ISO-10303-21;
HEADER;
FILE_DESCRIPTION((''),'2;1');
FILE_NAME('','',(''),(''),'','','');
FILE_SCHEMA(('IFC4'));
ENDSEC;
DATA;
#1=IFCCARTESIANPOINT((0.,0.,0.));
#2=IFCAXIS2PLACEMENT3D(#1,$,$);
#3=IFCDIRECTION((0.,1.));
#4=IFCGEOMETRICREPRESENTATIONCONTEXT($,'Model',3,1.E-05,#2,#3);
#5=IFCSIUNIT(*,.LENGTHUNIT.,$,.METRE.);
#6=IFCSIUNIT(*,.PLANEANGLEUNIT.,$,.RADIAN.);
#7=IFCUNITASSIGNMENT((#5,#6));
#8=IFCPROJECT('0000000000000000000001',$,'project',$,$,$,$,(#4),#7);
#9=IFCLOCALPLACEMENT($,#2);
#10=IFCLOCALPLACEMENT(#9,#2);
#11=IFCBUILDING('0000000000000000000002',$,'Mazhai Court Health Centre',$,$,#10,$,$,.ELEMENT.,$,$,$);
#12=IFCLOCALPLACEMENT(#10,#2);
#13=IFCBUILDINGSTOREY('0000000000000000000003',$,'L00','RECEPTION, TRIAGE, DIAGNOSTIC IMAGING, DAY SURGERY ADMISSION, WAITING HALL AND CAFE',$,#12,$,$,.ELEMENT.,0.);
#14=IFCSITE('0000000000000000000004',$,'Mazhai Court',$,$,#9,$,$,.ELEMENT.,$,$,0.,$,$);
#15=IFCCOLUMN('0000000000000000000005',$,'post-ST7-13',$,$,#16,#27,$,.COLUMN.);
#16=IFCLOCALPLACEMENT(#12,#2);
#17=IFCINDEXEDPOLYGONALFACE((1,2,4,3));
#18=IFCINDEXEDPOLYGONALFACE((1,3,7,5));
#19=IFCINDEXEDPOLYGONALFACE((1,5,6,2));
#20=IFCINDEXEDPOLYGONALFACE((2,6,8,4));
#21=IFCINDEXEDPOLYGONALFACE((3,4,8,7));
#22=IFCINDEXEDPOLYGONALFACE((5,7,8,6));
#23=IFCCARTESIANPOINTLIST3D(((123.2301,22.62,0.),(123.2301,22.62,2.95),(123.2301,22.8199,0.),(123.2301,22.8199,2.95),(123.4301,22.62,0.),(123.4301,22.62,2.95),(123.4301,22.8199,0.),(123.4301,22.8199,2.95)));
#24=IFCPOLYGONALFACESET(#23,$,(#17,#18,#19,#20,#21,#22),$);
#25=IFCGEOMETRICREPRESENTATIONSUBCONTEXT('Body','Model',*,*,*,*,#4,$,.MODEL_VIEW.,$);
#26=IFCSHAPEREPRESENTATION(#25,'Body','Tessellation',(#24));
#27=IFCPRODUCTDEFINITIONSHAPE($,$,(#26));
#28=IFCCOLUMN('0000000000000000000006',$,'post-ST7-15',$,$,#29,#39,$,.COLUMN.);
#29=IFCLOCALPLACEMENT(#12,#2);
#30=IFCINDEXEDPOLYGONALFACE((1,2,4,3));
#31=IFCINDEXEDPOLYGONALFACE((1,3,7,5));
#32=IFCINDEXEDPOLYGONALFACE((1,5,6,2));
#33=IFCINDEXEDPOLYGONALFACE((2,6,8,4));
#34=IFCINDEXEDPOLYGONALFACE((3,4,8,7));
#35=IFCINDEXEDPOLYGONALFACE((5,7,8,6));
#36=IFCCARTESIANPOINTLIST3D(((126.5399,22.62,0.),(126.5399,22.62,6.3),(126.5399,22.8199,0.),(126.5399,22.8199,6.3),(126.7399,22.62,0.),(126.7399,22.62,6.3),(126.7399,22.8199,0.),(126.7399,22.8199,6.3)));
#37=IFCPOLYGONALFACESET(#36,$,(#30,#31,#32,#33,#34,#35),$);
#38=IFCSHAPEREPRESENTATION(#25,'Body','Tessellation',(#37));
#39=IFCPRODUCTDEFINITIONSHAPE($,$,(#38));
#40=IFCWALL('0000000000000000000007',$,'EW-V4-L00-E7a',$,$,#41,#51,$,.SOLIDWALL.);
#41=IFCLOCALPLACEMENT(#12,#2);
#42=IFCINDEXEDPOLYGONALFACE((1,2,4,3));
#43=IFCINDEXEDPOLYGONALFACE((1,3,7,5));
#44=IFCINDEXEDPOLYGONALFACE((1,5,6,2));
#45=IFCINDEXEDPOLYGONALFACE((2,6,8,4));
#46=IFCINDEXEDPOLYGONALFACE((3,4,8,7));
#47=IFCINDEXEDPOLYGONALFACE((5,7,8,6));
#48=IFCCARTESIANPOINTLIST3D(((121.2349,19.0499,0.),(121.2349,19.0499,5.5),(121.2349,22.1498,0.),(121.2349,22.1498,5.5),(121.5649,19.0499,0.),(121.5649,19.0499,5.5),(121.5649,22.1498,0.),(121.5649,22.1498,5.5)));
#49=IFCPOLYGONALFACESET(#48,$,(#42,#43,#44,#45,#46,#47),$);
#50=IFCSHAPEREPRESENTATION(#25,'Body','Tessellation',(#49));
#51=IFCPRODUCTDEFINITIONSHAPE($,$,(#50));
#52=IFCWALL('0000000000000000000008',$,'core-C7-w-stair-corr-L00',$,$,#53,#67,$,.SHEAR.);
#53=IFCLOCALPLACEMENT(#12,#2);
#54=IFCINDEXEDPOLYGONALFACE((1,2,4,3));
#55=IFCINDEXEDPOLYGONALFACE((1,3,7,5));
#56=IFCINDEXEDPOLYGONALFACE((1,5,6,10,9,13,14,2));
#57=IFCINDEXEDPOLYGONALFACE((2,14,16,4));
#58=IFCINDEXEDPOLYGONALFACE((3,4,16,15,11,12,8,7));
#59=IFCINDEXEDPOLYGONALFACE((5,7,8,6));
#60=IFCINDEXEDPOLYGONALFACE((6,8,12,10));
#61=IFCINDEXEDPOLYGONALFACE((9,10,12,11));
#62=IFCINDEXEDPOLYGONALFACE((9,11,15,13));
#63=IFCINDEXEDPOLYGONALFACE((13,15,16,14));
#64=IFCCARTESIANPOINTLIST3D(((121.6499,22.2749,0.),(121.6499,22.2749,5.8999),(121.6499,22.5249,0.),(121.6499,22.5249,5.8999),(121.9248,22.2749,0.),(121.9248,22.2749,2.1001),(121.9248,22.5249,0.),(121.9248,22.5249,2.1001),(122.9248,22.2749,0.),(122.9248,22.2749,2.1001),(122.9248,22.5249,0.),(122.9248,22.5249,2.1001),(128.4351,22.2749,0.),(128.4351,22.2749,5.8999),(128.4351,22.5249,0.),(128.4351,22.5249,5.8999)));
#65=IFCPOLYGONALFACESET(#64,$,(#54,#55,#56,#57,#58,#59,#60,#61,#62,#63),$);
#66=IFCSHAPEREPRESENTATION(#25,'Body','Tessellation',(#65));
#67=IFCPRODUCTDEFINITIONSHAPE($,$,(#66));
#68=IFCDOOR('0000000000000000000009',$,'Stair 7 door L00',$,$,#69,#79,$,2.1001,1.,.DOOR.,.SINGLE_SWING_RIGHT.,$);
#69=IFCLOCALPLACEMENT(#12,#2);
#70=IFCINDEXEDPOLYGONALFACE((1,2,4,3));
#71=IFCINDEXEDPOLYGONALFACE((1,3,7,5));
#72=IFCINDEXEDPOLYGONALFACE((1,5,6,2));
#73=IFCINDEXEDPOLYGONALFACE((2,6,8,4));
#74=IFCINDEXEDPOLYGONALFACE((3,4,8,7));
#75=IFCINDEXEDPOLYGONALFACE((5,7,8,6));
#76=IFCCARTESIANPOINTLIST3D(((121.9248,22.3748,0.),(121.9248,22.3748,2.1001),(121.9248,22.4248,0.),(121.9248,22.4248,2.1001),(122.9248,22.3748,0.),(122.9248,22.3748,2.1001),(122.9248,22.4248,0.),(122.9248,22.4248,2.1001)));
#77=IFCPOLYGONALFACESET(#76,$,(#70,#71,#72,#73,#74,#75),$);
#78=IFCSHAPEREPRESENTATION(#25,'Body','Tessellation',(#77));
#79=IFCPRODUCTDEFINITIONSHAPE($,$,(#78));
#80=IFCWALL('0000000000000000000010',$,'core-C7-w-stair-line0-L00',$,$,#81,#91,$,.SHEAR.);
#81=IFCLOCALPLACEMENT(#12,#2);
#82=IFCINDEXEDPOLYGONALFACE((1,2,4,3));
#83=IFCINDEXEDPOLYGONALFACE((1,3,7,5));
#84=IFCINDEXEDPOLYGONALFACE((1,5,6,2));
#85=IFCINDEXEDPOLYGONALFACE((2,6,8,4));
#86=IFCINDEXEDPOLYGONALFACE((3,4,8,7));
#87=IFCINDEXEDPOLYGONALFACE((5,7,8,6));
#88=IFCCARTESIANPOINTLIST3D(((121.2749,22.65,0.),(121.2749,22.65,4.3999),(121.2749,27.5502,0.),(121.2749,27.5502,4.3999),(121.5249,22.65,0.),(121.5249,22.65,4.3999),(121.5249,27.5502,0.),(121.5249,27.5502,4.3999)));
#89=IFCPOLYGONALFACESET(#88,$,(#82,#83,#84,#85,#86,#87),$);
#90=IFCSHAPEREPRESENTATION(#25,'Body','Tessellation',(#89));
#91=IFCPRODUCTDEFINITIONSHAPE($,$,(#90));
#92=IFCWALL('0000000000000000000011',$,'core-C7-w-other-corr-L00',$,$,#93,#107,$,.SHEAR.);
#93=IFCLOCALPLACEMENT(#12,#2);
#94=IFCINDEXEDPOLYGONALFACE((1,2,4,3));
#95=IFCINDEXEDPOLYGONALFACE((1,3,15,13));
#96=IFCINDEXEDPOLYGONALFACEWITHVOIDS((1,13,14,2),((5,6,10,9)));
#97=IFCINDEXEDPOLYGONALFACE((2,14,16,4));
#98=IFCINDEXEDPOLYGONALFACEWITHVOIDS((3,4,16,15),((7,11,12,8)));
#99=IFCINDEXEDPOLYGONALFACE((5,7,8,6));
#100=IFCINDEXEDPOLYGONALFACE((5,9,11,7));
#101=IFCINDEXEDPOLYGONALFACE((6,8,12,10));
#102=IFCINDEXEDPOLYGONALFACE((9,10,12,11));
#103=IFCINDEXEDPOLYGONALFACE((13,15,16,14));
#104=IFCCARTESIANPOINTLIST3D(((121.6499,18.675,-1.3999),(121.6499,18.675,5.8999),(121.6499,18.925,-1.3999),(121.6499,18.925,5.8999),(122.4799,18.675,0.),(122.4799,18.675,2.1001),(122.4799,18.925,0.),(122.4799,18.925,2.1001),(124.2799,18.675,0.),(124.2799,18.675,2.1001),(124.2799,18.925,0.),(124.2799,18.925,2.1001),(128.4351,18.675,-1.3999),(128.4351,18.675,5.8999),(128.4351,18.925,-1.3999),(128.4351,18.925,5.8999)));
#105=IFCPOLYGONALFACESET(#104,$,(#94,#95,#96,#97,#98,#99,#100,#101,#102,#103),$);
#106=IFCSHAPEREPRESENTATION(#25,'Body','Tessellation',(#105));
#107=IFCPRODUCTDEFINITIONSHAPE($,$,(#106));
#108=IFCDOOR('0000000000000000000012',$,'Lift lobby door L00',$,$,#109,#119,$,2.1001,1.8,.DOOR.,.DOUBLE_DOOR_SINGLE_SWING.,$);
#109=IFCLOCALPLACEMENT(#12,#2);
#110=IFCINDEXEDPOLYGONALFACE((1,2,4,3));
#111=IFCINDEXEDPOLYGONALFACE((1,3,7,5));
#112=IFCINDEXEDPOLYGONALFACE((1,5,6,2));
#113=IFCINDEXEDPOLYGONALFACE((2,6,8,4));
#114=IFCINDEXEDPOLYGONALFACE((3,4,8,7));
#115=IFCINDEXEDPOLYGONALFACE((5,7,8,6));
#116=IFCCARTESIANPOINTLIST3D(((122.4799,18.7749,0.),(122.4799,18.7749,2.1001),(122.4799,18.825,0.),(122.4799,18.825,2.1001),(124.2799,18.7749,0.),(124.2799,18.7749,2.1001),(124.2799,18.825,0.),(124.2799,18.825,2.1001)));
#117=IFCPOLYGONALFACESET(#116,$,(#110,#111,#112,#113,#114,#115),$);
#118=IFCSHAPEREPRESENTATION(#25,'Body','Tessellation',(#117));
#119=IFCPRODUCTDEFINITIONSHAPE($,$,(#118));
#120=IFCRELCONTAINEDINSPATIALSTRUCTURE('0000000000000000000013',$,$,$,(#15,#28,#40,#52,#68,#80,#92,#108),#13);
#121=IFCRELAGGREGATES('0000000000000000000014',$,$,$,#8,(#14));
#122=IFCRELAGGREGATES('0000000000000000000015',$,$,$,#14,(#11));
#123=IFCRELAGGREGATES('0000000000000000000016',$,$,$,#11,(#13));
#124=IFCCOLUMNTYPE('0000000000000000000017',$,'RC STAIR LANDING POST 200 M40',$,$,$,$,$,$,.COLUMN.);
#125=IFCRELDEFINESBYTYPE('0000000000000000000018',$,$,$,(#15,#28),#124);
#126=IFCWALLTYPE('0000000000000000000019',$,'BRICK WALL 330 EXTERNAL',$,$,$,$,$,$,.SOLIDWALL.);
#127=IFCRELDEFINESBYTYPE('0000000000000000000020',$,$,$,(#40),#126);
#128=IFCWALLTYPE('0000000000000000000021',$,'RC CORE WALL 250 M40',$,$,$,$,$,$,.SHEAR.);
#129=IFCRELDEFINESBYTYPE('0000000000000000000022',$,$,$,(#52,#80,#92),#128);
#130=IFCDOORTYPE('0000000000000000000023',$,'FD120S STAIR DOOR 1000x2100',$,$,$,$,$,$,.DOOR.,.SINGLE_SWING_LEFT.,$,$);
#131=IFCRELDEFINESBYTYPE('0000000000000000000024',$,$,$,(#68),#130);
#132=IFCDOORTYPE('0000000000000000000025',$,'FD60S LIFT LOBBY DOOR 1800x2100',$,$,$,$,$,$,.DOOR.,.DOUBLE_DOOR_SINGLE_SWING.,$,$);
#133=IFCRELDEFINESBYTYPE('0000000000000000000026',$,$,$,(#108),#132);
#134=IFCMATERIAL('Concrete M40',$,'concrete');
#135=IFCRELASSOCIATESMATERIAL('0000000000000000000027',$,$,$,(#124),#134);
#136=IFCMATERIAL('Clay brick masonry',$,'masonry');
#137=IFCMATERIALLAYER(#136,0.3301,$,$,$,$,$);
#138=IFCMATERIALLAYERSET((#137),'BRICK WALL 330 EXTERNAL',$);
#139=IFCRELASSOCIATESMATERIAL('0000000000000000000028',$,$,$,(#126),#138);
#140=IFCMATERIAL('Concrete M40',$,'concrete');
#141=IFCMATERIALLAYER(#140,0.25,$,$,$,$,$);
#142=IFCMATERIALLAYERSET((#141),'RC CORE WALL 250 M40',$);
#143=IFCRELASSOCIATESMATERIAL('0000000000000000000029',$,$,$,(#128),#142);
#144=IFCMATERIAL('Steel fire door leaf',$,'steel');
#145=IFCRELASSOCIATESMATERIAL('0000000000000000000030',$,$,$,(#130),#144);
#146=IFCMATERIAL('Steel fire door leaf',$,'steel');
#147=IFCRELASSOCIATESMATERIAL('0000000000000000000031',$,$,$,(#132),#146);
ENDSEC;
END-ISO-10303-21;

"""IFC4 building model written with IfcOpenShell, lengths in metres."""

from ifc_helpers import new_model, si_unit, direction, frame, frame_2d, origin, origin_2d, place, context, subcontext, project, spatial, rectangle, extrude, material, layer, layer_set, material_profile, profile_set, type_object, element, fill, save


model = new_model("IFC4")

# Units and contexts
model_context = context("Model", 3, precision=1e-05, world=origin(), true_north=direction((0.0, 1.0)))
body_context = subcontext(model_context, "Body", "Model", "MODEL_VIEW")
ifc_project = project(units=[si_unit("LENGTHUNIT", "METRE"), si_unit("PLANEANGLEUNIT", "RADIAN")], contexts=[model_context])

# Site, building, storey
site_placement = place(None, origin())
site = spatial("IfcSite", under=ifc_project, at=site_placement, Name="Mazhai Court", CompositionType="ELEMENT", RefElevation=0.0)
building_placement = place(site_placement, origin())
building = spatial("IfcBuilding", under=site, at=building_placement, Name="Mazhai Court Health Centre", CompositionType="ELEMENT")
storey_placement = place(building_placement, origin())
storey = spatial("IfcBuildingStorey", under=building, at=storey_placement, Name="L00", Description="RECEPTION, TRIAGE, DIAGNOSTIC IMAGING, DAY SURGERY ADMISSION, WAITING HALL AND CAFE", CompositionType="ELEMENT", Elevation=0.0)

# Columns
ifc_material_1 = material(Name="Concrete M40", Category="concrete")
ifc_material_profile_1 = material_profile(ifc_material_1, rectangle(XDim=0.2, YDim=0.2, at=origin_2d()), Name="RC 200x200")
ifc_profile_set_1 = profile_set([ifc_material_profile_1], Name="Concrete M40")
column_type = type_object("IfcColumnType", Name="RC STAIR LANDING POST 200 M40", PredefinedType="COLUMN", material=ifc_profile_set_1)
for number, where, z_axis, x_axis, name in (
    (1, (123.3301, 22.72, 0.0), (0.0, 0.0, 1.0), (1.0, 0.0, 0.0), "post-ST7-13"),
):
    element("IfcColumn", number, at=place(storey_placement, frame(where, z_axis=z_axis, x_axis=x_axis)), inside=storey, type_object=column_type, Name=name, PredefinedType="COLUMN", context=body_context, shape_type="SweptSolid", body=[
        extrude(rectangle(XDim=0.2, YDim=0.2, at=origin_2d()), origin(), (0.0, 0.0, 1.0), 2.95),
    ])
column_1_placement = place(storey_placement, frame((126.6399, 22.72, 0.0), z_axis=(0.0, 0.0, 1.0), x_axis=(1.0, 0.0, 0.0)))
element("IfcColumn", 2, at=column_1_placement, inside=storey, type_object=column_type, Name="post-ST7-15", PredefinedType="COLUMN", context=body_context, shape_type="SweptSolid", body=[
    extrude(rectangle(XDim=0.2, YDim=0.2, at=origin_2d()), origin(), (0.0, 0.0, 1.0), 6.3),
])

# Wall
ifc_material_2 = material(Name="Clay brick masonry", Category="masonry")
ifc_layer_1 = layer(ifc_material_2, 0.3301)
ifc_layer_set_1 = layer_set([ifc_layer_1], Name="BRICK WALL 330 EXTERNAL")
wall_type_1 = type_object("IfcWallType", Name="BRICK WALL 330 EXTERNAL", PredefinedType="SOLIDWALL", material=ifc_layer_set_1)
wall_1_placement = place(storey_placement, frame((121.3999, 19.05, 0.0), z_axis=(0.0, 0.0, 1.0), x_axis=(0.0, 1.0, 0.0)))
element("IfcWall", 3, at=wall_1_placement, inside=storey, type_object=wall_type_1, Name="EW-V4-L00-E7a", PredefinedType="SOLIDWALL", context=body_context, shape_type="SweptSolid", body=[
    extrude(rectangle(XDim=3.0999, YDim=0.3301, at=frame_2d((1.5498, 0.0))), origin(), (0.0, 0.0, 1.0), 5.5),
])

# Wall, opening, door
ifc_material_3 = material(Name="Concrete M40", Category="concrete")
ifc_layer_2 = layer(ifc_material_3, 0.25)
ifc_layer_set_2 = layer_set([ifc_layer_2], Name="RC CORE WALL 250 M40")
wall_type_2 = type_object("IfcWallType", Name="RC CORE WALL 250 M40", PredefinedType="SHEAR", material=ifc_layer_set_2)
wall_2_placement = place(storey_placement, frame((121.6499, 22.3999, 0.0), z_axis=(0.0, 0.0, 1.0), x_axis=(1.0, 0.0, 0.0)))
wall_2 = element("IfcWall", 4, at=wall_2_placement, inside=storey, type_object=wall_type_2, Name="core-C7-w-stair-corr-L00", PredefinedType="SHEAR", context=body_context, shape_type="SweptSolid", body=[
    extrude(rectangle(XDim=6.7852, YDim=0.25, at=frame_2d((3.3926, 0.0))), origin(), (0.0, 0.0, 1.0), 5.8999),
])
opening_1_placement = place(wall_2_placement, frame((0.2749, 0.0, 0.0)))
opening_1 = element("IfcOpeningElement", 5, at=opening_1_placement, cuts=wall_2, PredefinedType="OPENING", context=body_context, shape_type="SweptSolid", body=[
    extrude(rectangle(XDim=1.0, YDim=2.1001, at=frame_2d((0.5, 1.05))), frame((0.0, 0.135, 0.0), z_axis=(0.0, -1.0, 0.0), x_axis=(1.0, 0.0, 0.0)), (0.0, 0.0, 1.0), 0.27),
])
ifc_material_4 = material(Name="Steel fire door leaf", Category="steel")
door_type_1 = type_object("IfcDoorType", Name="FD120S STAIR DOOR 1000x2100", OperationType="SINGLE_SWING_LEFT", PredefinedType="DOOR", material=ifc_material_4)
door_1_placement = place(opening_1_placement, origin())
door_1 = element("IfcDoor", 6, at=door_1_placement, inside=storey, type_object=door_type_1, Name="Stair 7 door L00", OperationType="SINGLE_SWING_RIGHT", OverallHeight=2.1001, OverallWidth=1.0, PredefinedType="DOOR", context=body_context, shape_type="SweptSolid", body=[
    extrude(rectangle(XDim=1.0, YDim=2.1001, at=frame_2d((0.5, 1.05))), frame((0.0, 0.0249, 0.0), z_axis=(0.0, -1.0, 0.0), x_axis=(1.0, 0.0, 0.0)), (0.0, 0.0, 1.0), 0.05),
])
fill(opening_1, door_1)

# Wall
wall_3_placement = place(storey_placement, frame((121.3999, 22.6499, 0.0), z_axis=(0.0, 0.0, 1.0), x_axis=(0.0, 1.0, 0.0)))
element("IfcWall", 7, at=wall_3_placement, inside=storey, type_object=wall_type_2, Name="core-C7-w-stair-line0-L00", PredefinedType="SHEAR", context=body_context, shape_type="SweptSolid", body=[
    extrude(rectangle(XDim=4.9001, YDim=0.25, at=frame_2d((2.4502, 0.0))), origin(), (0.0, 0.0, 1.0), 4.3999),
])

# Wall, opening, door
wall_4_placement = place(storey_placement, frame((121.6499, 18.8, -1.3999), z_axis=(0.0, 0.0, 1.0), x_axis=(1.0, 0.0, 0.0)))
wall_4 = element("IfcWall", 8, at=wall_4_placement, inside=storey, type_object=wall_type_2, Name="core-C7-w-other-corr-L00", PredefinedType="SHEAR", context=body_context, shape_type="SweptSolid", body=[
    extrude(rectangle(XDim=6.7852, YDim=0.25, at=frame_2d((3.3926, 0.0))), origin(), (0.0, 0.0, 1.0), 7.2998),
])
opening_2_placement = place(wall_4_placement, frame((0.8301, 0.0, 1.3999)))
opening_2 = element("IfcOpeningElement", 9, at=opening_2_placement, cuts=wall_4, PredefinedType="OPENING", context=body_context, shape_type="SweptSolid", body=[
    extrude(rectangle(XDim=1.8, YDim=2.1001, at=frame_2d((0.8999, 1.05))), frame((0.0, 0.135, 0.0), z_axis=(0.0, -1.0, 0.0), x_axis=(1.0, 0.0, 0.0)), (0.0, 0.0, 1.0), 0.27),
])
ifc_material_5 = material(Name="Steel fire door leaf", Category="steel")
door_type_2 = type_object("IfcDoorType", Name="FD60S LIFT LOBBY DOOR 1800x2100", OperationType="DOUBLE_DOOR_SINGLE_SWING", PredefinedType="DOOR", material=ifc_material_5)
door_2_placement = place(opening_2_placement, origin())
door_2 = element("IfcDoor", 10, at=door_2_placement, inside=storey, type_object=door_type_2, Name="Lift lobby door L00", OperationType="DOUBLE_DOOR_SINGLE_SWING", OverallHeight=2.1001, OverallWidth=1.8, PredefinedType="DOOR", context=body_context, shape_type="SweptSolid", body=[
    extrude(rectangle(XDim=1.8, YDim=2.1001, at=frame_2d((0.8999, 1.05))), frame((0.0, 0.0249, 0.0), z_axis=(0.0, -1.0, 0.0), x_axis=(1.0, 0.0, 0.0)), (0.0, 0.0, 1.0), 0.05),
])
fill(opening_2, door_2)

save(model, "model.ifc")
